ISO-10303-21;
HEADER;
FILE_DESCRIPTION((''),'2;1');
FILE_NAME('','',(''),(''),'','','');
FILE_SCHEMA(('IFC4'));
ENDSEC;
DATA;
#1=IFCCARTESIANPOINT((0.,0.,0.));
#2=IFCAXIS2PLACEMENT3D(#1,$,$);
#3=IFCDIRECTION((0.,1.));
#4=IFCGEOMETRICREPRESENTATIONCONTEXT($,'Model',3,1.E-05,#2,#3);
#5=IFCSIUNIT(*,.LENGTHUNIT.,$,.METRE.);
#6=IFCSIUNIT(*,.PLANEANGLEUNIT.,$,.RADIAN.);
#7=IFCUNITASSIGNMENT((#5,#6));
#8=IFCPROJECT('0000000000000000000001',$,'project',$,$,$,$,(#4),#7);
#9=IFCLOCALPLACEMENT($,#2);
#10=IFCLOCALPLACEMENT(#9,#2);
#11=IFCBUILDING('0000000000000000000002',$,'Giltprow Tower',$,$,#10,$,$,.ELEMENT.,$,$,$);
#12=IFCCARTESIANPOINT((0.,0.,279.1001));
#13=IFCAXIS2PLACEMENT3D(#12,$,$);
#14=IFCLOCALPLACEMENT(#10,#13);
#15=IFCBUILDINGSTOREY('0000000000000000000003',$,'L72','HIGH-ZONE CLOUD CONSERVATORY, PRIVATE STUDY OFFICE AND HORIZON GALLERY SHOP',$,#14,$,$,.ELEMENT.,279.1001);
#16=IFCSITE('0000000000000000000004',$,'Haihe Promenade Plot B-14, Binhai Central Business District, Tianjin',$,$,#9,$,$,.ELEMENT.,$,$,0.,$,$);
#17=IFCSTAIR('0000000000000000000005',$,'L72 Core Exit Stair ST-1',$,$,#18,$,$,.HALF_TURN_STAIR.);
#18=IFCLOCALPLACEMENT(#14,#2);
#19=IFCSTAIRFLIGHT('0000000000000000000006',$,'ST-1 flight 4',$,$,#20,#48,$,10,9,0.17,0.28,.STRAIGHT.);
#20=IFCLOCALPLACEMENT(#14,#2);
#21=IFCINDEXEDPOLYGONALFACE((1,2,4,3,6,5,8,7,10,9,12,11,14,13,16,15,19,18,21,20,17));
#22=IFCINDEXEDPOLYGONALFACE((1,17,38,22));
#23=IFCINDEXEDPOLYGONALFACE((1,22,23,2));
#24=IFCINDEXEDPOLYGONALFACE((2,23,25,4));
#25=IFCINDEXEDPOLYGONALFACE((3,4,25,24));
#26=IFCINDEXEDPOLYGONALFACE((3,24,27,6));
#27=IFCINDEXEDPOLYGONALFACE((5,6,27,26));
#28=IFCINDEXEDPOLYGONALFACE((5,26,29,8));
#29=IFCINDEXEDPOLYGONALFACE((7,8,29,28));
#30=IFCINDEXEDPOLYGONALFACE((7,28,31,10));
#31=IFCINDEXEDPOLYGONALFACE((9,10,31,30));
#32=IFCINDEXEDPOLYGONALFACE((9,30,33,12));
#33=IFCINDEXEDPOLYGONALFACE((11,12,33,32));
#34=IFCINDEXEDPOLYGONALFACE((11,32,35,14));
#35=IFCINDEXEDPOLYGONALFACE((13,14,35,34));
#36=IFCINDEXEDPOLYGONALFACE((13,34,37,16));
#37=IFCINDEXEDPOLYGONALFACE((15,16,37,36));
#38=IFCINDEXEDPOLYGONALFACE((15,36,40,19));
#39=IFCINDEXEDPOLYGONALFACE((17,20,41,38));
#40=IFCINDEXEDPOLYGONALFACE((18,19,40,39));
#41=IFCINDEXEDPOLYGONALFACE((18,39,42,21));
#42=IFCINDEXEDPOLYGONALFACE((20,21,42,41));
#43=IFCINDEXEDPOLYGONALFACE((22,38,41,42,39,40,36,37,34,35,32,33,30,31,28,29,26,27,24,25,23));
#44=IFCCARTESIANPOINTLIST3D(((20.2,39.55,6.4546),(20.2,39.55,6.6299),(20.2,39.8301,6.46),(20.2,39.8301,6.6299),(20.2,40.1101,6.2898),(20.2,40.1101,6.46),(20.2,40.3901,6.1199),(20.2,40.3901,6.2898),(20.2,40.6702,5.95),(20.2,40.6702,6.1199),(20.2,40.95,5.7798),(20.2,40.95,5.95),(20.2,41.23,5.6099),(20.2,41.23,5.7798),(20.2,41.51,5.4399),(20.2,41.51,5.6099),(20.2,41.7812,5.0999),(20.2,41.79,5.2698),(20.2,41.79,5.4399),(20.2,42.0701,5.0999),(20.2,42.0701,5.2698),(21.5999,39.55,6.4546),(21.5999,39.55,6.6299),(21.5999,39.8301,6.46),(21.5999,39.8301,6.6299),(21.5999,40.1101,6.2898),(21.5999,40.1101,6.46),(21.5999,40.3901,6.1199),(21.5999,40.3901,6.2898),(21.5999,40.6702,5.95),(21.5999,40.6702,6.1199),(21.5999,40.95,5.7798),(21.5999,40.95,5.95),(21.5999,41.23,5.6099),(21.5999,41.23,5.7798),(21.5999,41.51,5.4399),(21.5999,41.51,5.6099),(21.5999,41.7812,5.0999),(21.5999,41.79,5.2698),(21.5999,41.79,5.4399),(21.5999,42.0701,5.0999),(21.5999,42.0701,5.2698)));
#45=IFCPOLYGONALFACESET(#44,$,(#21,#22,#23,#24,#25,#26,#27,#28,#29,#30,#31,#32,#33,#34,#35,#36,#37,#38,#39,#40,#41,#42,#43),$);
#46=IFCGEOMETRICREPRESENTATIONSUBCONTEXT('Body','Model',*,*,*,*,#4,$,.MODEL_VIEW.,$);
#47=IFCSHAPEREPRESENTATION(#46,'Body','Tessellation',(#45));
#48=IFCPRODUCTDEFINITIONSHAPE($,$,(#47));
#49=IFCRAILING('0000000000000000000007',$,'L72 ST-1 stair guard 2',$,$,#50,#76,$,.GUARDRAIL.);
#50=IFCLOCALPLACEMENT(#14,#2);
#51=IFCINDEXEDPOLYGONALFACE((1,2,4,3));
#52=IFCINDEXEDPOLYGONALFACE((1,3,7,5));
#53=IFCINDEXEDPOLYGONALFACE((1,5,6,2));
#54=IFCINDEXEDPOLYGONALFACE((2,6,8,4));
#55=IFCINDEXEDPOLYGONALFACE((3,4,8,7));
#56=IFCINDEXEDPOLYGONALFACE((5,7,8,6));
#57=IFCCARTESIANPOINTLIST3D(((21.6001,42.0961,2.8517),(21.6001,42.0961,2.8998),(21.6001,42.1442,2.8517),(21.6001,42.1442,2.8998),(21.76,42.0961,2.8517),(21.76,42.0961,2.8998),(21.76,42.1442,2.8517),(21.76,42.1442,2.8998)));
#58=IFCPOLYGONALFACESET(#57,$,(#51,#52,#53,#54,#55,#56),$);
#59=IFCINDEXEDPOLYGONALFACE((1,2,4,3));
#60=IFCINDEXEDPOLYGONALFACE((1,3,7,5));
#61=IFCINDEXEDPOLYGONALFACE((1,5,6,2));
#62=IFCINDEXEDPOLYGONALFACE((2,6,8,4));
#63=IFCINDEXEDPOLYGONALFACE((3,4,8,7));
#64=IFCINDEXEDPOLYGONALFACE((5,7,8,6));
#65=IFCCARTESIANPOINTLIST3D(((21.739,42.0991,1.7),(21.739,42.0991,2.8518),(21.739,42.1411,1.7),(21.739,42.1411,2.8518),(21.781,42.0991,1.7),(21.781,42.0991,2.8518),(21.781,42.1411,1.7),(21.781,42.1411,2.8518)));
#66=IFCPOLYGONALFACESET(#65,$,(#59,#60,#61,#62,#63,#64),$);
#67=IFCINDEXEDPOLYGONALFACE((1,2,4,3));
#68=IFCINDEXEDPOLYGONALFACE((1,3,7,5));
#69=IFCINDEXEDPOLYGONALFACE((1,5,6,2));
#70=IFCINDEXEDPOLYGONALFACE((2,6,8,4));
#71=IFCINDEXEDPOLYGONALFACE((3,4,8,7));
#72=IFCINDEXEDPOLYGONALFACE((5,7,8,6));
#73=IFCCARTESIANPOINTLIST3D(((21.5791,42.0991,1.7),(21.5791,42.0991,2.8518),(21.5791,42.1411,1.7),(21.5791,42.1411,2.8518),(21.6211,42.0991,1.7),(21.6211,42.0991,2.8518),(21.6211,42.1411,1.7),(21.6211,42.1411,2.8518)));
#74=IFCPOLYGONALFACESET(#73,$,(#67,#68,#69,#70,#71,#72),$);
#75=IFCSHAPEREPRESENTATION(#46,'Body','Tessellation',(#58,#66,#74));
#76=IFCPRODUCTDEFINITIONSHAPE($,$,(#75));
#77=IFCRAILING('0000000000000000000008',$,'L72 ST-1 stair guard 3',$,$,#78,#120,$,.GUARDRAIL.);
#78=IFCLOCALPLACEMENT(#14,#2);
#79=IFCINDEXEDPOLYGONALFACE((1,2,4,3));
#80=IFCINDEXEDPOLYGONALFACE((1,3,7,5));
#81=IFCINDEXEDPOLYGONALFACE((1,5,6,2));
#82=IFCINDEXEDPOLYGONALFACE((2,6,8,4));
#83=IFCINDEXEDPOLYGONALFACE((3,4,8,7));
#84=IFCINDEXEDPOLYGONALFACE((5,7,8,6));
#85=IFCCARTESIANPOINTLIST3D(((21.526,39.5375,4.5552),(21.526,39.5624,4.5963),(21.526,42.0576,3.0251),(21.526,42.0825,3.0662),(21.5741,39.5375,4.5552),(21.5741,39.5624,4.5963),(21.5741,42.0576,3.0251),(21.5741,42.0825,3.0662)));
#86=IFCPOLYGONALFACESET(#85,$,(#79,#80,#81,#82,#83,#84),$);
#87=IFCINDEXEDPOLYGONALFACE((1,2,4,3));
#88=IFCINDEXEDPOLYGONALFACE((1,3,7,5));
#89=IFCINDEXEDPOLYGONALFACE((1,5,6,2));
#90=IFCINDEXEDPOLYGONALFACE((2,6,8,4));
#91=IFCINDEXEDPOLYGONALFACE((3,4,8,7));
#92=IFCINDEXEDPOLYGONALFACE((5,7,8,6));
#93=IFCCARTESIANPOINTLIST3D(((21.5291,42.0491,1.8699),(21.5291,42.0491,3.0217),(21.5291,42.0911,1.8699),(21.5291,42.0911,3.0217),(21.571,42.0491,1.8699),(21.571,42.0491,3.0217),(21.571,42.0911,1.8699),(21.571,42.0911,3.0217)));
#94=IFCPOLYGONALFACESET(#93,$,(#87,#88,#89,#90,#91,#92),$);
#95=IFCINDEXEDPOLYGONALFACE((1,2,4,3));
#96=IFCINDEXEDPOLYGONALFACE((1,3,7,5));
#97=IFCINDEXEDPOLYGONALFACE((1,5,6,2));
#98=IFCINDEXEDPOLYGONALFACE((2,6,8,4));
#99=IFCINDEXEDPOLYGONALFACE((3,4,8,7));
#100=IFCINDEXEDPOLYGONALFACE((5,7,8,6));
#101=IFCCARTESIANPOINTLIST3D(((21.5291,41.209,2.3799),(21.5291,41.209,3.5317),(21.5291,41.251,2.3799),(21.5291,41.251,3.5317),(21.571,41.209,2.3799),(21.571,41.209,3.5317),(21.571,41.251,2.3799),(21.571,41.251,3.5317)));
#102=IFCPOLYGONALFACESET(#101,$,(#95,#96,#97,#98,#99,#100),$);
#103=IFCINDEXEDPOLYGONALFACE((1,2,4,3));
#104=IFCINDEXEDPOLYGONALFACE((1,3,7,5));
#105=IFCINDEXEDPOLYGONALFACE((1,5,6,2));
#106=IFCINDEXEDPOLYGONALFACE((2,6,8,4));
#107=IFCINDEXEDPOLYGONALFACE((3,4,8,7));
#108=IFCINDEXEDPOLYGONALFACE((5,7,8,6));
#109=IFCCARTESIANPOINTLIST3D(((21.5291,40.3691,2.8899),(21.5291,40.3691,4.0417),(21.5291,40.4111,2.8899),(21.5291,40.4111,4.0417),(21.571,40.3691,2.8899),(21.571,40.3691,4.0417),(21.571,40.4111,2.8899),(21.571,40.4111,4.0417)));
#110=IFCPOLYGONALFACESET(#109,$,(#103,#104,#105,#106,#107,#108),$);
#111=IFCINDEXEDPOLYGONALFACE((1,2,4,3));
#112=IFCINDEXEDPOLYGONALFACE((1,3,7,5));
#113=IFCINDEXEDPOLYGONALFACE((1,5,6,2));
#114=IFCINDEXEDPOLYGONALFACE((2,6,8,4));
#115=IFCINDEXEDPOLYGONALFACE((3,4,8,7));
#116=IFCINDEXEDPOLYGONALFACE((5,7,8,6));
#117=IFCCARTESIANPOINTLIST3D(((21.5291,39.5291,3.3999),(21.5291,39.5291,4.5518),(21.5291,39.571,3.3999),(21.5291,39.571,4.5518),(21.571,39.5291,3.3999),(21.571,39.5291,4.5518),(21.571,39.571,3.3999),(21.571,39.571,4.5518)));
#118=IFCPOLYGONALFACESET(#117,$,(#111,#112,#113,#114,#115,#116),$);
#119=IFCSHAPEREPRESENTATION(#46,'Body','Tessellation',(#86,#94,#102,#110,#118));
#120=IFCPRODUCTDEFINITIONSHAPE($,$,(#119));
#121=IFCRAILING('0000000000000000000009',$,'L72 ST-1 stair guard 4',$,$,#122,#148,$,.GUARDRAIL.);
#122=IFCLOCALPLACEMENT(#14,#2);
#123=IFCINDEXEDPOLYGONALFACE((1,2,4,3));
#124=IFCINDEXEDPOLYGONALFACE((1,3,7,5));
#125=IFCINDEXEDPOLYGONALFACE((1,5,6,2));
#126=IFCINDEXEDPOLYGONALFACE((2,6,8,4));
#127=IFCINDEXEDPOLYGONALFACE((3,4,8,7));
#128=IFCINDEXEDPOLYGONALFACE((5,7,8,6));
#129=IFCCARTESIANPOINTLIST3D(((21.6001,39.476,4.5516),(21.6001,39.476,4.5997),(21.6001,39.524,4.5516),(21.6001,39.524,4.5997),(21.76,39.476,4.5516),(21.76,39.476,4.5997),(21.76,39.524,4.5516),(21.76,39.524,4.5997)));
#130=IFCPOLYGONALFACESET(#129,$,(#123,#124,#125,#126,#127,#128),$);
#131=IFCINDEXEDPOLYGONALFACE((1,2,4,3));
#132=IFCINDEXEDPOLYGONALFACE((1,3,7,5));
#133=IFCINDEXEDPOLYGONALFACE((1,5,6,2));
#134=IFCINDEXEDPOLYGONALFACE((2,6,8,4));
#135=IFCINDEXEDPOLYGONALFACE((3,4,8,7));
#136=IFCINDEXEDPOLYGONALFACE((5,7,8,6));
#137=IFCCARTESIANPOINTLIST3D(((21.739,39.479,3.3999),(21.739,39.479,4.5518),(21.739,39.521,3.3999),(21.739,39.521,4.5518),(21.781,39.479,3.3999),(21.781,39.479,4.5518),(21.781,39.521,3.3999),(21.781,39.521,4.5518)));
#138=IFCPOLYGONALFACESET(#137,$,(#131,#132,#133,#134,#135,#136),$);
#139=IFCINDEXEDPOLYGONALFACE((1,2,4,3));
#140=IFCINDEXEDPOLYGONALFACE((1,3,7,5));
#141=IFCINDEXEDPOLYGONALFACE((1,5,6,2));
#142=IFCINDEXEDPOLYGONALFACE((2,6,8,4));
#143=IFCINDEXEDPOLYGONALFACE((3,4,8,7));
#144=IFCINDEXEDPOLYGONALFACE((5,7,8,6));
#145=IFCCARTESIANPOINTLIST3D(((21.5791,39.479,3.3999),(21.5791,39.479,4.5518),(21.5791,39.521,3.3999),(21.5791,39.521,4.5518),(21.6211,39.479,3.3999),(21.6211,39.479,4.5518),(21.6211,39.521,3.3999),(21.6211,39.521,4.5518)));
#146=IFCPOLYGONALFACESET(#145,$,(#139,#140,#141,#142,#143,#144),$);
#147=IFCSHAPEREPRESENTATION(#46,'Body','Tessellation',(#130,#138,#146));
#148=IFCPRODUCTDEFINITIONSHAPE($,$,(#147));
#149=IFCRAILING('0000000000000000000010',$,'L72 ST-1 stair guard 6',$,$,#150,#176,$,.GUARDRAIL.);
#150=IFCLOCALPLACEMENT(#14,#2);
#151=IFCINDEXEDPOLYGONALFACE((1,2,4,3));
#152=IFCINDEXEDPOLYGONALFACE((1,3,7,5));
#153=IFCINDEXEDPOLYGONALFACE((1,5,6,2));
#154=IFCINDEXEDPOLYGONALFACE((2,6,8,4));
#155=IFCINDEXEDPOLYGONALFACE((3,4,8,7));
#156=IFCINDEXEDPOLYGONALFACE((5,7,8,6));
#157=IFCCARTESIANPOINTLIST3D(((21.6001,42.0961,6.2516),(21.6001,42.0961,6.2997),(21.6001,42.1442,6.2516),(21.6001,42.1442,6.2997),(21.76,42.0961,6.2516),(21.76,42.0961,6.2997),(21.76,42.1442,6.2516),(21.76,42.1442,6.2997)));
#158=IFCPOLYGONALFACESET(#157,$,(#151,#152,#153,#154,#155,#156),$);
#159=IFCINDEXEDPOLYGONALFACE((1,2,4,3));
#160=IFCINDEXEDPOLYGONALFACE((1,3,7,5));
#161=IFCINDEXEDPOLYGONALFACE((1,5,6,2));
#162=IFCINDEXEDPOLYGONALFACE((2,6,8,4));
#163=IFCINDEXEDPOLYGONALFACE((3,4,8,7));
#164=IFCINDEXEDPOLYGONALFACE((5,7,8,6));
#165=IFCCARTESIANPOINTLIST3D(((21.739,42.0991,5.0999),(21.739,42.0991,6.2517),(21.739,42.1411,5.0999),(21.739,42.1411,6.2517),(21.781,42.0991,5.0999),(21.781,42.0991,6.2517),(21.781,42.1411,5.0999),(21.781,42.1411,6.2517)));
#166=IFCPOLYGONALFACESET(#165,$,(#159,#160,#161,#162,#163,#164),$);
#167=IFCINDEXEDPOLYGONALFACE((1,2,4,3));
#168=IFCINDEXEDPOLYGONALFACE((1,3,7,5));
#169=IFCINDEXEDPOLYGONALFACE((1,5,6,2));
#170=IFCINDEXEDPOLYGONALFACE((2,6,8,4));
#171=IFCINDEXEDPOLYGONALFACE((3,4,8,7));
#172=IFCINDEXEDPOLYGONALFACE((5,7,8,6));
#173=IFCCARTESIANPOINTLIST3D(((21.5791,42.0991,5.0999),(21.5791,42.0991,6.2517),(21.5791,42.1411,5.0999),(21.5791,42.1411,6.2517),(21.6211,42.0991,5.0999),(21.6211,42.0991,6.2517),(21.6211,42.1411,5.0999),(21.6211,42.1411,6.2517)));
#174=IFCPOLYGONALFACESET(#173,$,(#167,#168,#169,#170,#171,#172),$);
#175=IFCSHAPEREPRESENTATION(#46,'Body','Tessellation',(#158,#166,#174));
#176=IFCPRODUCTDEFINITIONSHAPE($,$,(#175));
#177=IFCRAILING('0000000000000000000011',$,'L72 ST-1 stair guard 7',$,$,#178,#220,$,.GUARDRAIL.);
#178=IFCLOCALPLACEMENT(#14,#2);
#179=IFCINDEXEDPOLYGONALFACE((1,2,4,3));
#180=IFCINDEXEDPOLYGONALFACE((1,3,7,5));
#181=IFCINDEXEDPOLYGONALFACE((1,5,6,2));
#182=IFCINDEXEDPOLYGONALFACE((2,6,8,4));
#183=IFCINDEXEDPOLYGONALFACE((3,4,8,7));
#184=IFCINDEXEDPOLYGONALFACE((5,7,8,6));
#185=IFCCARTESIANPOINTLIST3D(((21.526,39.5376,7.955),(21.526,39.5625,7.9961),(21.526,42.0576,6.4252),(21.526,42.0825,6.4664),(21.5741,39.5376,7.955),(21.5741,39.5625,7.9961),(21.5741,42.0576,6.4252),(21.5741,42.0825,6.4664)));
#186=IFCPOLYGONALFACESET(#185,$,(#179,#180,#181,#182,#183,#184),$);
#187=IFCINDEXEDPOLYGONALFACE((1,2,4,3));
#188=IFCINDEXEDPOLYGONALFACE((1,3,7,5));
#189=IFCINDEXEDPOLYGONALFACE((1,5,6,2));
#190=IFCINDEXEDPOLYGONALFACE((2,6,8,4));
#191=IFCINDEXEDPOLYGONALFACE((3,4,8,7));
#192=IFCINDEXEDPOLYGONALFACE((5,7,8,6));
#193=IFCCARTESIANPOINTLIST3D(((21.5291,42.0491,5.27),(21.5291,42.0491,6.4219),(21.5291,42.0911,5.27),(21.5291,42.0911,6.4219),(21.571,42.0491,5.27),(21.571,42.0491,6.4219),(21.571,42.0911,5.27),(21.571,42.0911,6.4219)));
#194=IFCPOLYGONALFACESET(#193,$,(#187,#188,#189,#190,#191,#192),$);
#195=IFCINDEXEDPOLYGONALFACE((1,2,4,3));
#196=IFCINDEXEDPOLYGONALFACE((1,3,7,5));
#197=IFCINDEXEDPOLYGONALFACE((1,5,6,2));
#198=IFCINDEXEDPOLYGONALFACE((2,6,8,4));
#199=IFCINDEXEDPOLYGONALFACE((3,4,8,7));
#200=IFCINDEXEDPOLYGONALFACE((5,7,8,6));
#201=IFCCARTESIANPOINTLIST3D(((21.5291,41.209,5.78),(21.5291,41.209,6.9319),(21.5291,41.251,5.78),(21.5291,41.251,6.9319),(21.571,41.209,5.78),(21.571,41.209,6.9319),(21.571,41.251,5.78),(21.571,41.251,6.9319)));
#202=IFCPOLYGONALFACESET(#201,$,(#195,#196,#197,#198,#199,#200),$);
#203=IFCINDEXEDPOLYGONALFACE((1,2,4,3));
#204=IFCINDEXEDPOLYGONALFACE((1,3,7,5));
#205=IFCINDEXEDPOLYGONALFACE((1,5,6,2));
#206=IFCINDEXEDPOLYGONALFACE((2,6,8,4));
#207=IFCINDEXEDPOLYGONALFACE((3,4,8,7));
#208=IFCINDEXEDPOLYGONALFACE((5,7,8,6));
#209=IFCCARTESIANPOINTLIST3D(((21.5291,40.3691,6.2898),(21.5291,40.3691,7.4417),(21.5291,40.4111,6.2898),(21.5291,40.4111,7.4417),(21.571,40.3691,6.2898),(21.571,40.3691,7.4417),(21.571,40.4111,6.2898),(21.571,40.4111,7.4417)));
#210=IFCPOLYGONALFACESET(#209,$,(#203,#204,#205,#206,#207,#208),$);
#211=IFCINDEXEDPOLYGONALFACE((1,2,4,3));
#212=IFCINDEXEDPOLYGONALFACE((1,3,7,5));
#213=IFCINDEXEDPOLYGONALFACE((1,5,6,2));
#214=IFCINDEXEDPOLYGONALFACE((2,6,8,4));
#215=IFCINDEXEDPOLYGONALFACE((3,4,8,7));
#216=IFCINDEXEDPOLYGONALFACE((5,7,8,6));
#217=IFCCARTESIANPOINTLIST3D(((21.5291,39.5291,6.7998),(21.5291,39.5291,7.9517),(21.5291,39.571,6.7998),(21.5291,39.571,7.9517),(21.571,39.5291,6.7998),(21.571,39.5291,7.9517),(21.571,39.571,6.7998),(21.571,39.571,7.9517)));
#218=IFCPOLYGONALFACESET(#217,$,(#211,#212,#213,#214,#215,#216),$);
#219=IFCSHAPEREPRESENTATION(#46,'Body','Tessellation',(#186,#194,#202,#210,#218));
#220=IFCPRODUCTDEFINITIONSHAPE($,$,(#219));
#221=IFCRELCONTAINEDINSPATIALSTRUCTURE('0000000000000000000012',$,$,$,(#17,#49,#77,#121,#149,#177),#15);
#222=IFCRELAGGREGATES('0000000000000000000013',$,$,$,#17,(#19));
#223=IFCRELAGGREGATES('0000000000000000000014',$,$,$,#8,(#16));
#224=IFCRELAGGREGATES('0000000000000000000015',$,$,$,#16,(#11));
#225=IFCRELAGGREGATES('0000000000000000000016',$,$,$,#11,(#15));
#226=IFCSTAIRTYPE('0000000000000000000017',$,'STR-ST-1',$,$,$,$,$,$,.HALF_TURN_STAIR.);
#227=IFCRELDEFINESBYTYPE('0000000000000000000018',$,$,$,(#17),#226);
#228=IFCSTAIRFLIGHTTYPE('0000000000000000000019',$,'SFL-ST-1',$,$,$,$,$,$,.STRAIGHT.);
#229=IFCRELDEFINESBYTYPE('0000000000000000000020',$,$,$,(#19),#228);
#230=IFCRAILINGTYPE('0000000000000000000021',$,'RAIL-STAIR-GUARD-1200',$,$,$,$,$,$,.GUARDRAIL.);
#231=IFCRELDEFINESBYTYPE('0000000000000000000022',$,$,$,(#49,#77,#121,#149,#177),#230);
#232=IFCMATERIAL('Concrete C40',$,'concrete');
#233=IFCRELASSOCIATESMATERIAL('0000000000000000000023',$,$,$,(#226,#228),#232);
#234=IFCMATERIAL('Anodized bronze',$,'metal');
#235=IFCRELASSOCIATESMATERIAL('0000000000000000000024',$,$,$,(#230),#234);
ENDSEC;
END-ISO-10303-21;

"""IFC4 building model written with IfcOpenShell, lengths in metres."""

from ifc_helpers import new_model, si_unit, direction, frame, origin, origin_2d, place, context, subcontext, project, spatial, polyline, rectangle, outline, extrude, material, type_object, element, aggregate, save


model = new_model("IFC4")

# Units and contexts
model_context = context("Model", 3, precision=1e-05, world=origin(), true_north=direction((0.0, 1.0)))
body_context = subcontext(model_context, "Body", "Model", "MODEL_VIEW")
ifc_project = project(units=[si_unit("LENGTHUNIT", "METRE"), si_unit("PLANEANGLEUNIT", "RADIAN")], contexts=[model_context])

# Site, building, storey
site_placement = place(None, origin())
site = spatial("IfcSite", under=ifc_project, at=site_placement, Name="Haihe Promenade Plot B-14, Binhai Central Business District, Tianjin", CompositionType="ELEMENT", RefElevation=0.0)
building_placement = place(site_placement, origin())
building = spatial("IfcBuilding", under=site, at=building_placement, Name="Giltprow Tower", CompositionType="ELEMENT")
storey_placement = place(building_placement, frame((0.0, 0.0, 279.1001)))
storey = spatial("IfcBuildingStorey", under=building, at=storey_placement, Name="L72", Description="HIGH-ZONE CLOUD CONSERVATORY, PRIVATE STUDY OFFICE AND HORIZON GALLERY SHOP", CompositionType="ELEMENT", Elevation=279.1001)

# Shared definitions
ifc_material_1 = material(Name="Concrete C40", Category="concrete")

# Stair, stair flight
stair_type = type_object("IfcStairType", Name="STR-ST-1", PredefinedType="HALF_TURN_STAIR", material=ifc_material_1)
stair_placement = place(storey_placement, origin())
stair = element("IfcStair", 1, at=stair_placement, inside=storey, type_object=stair_type, Name="L72 Core Exit Stair ST-1", PredefinedType="HALF_TURN_STAIR")
stair_flight_type = type_object("IfcStairFlightType", Name="SFL-ST-1", PredefinedType="STRAIGHT", material=ifc_material_1)
stair_flight_1_placement = place(storey_placement, frame((20.8999, 42.0701, 5.0999), z_axis=(0.0, 0.0, 1.0), x_axis=(0.0, -1.0, 0.0)))
stair_flight_1 = element("IfcStairFlight", 2, at=stair_flight_1_placement, type_object=stair_flight_type, Name="ST-1 flight 4", NumberOfRisers=10, NumberOfTreads=9, PredefinedType="STRAIGHT", RiserHeight=0.17, TreadLength=0.28, context=body_context, shape_type="SweptSolid", body=[
    extrude(outline(polyline([(0.0, 0.0), (0.0, 0.1699), (0.28, 0.1699), (0.28, 0.3401), (0.5601, 0.3401), (0.5601, 0.51), (0.8401, 0.51), (0.8401, 0.6799), (1.1201, 0.6799), (1.1201, 0.8501), (1.3999, 0.8501), (1.3999, 1.02), (1.6799, 1.02), (1.6799, 1.1899), (1.96, 1.1899), (1.96, 1.3601), (2.24, 1.3601), (2.24, 1.53), (2.52, 1.53), (2.52, 1.7), (2.52, 1.3547), (0.2888, 0.0), (0.0, 0.0)])), frame((0.0, 0.7, 0.0), z_axis=(0.0, -1.0, 0.0), x_axis=(1.0, 0.0, 0.0)), (0.0, 0.0, 1.0), 1.3999),
])
aggregate(stair, [stair_flight_1])

# Railings
ifc_material_2 = material(Name="Anodized bronze", Category="metal")
railing_type_1 = type_object("IfcRailingType", Name="RAIL-STAIR-GUARD-1200", PredefinedType="GUARDRAIL", material=ifc_material_2)
railing_1_placement = place(storey_placement, frame((21.76, 42.1201, 1.7)))
element("IfcRailing", 3, at=railing_1_placement, inside=storey, type_object=railing_type_1, Name="L72 ST-1 stair guard 2", PredefinedType="GUARDRAIL", context=body_context, shape_type="SweptSolid", body=[
    extrude(rectangle(XDim=0.0481, YDim=0.0481, at=origin_2d()), frame((0.0, 0.0, 1.1758), z_axis=(-1.0, 0.0, 0.0), x_axis=(0.0, -1.0, 0.0)), (0.0, 0.0, 1.0), 0.1599),
    extrude(rectangle(XDim=0.042, YDim=0.042, at=origin_2d()), origin(), (0.0, 0.0, 1.0), 1.1519),
    extrude(rectangle(XDim=0.042, YDim=0.042, at=origin_2d()), frame((-0.1599, 0.0, 0.0)), (0.0, 0.0, 1.0), 1.1519),
])
railing_2_placement = place(storey_placement, frame((21.55, 42.0701, 1.8699)))
element("IfcRailing", 4, at=railing_2_placement, inside=storey, type_object=railing_type_1, Name="L72 ST-1 stair guard 3", PredefinedType="GUARDRAIL", context=body_context, shape_type="SweptSolid", body=[
    extrude(rectangle(XDim=0.0481, YDim=0.0481, at=origin_2d()), frame((0.0, 0.0, 1.1758), z_axis=(0.0, -0.854785, 0.518982), x_axis=(1.0, 0.0, 0.0)), (0.0, 0.0, 1.0), 2.9482),
    extrude(rectangle(XDim=0.042, YDim=0.042, at=origin_2d()), origin(), (0.0, 0.0, 1.0), 1.1519),
    extrude(rectangle(XDim=0.042, YDim=0.042, at=origin_2d()), frame((0.0, -0.8401, 0.51)), (0.0, 0.0, 1.0), 1.1519),
    extrude(rectangle(XDim=0.042, YDim=0.042, at=origin_2d()), frame((0.0, -1.6799, 1.02)), (0.0, 0.0, 1.0), 1.1519),
    extrude(rectangle(XDim=0.042, YDim=0.042, at=origin_2d()), frame((0.0, -2.52, 1.53)), (0.0, 0.0, 1.0), 1.1519),
])
for number, where, name in (
    (5, (21.76, 39.5, 3.3999), "L72 ST-1 stair guard 4"),
    (6, (21.76, 42.1201, 5.0999), "L72 ST-1 stair guard 6"),
):
    element("IfcRailing", number, at=place(storey_placement, frame(where)), inside=storey, type_object=railing_type_1, Name=name, PredefinedType="GUARDRAIL", context=body_context, shape_type="SweptSolid", body=[
        extrude(rectangle(XDim=0.0481, YDim=0.0481, at=origin_2d()), frame((0.0, 0.0, 1.1758), z_axis=(-1.0, 0.0, 0.0), x_axis=(0.0, -1.0, 0.0)), (0.0, 0.0, 1.0), 0.1599),
        extrude(rectangle(XDim=0.042, YDim=0.042, at=origin_2d()), origin(), (0.0, 0.0, 1.0), 1.1519),
        extrude(rectangle(XDim=0.042, YDim=0.042, at=origin_2d()), frame((-0.1599, 0.0, 0.0)), (0.0, 0.0, 1.0), 1.1519),
    ])
railing_3_placement = place(storey_placement, frame((21.55, 42.0701, 5.27)))
element("IfcRailing", 7, at=railing_3_placement, inside=storey, type_object=railing_type_1, Name="L72 ST-1 stair guard 7", PredefinedType="GUARDRAIL", context=body_context, shape_type="SweptSolid", body=[
    extrude(rectangle(XDim=0.0481, YDim=0.0481, at=origin_2d()), frame((0.0, 0.0, 1.1758), z_axis=(0.0, -0.854822, 0.518922), x_axis=(1.0, 0.0, 0.0)), (0.0, 0.0, 1.0), 2.948),
    extrude(rectangle(XDim=0.042, YDim=0.042, at=origin_2d()), origin(), (0.0, 0.0, 1.0), 1.1519),
    extrude(rectangle(XDim=0.042, YDim=0.042, at=origin_2d()), frame((0.0, -0.8401, 0.51)), (0.0, 0.0, 1.0), 1.1519),
    extrude(rectangle(XDim=0.042, YDim=0.042, at=origin_2d()), frame((0.0, -1.6799, 1.0198)), (0.0, 0.0, 1.0), 1.1519),
    extrude(rectangle(XDim=0.042, YDim=0.042, at=origin_2d()), frame((0.0, -2.52, 1.5298)), (0.0, 0.0, 1.0), 1.1519),
])

save(model, "model.ifc")
